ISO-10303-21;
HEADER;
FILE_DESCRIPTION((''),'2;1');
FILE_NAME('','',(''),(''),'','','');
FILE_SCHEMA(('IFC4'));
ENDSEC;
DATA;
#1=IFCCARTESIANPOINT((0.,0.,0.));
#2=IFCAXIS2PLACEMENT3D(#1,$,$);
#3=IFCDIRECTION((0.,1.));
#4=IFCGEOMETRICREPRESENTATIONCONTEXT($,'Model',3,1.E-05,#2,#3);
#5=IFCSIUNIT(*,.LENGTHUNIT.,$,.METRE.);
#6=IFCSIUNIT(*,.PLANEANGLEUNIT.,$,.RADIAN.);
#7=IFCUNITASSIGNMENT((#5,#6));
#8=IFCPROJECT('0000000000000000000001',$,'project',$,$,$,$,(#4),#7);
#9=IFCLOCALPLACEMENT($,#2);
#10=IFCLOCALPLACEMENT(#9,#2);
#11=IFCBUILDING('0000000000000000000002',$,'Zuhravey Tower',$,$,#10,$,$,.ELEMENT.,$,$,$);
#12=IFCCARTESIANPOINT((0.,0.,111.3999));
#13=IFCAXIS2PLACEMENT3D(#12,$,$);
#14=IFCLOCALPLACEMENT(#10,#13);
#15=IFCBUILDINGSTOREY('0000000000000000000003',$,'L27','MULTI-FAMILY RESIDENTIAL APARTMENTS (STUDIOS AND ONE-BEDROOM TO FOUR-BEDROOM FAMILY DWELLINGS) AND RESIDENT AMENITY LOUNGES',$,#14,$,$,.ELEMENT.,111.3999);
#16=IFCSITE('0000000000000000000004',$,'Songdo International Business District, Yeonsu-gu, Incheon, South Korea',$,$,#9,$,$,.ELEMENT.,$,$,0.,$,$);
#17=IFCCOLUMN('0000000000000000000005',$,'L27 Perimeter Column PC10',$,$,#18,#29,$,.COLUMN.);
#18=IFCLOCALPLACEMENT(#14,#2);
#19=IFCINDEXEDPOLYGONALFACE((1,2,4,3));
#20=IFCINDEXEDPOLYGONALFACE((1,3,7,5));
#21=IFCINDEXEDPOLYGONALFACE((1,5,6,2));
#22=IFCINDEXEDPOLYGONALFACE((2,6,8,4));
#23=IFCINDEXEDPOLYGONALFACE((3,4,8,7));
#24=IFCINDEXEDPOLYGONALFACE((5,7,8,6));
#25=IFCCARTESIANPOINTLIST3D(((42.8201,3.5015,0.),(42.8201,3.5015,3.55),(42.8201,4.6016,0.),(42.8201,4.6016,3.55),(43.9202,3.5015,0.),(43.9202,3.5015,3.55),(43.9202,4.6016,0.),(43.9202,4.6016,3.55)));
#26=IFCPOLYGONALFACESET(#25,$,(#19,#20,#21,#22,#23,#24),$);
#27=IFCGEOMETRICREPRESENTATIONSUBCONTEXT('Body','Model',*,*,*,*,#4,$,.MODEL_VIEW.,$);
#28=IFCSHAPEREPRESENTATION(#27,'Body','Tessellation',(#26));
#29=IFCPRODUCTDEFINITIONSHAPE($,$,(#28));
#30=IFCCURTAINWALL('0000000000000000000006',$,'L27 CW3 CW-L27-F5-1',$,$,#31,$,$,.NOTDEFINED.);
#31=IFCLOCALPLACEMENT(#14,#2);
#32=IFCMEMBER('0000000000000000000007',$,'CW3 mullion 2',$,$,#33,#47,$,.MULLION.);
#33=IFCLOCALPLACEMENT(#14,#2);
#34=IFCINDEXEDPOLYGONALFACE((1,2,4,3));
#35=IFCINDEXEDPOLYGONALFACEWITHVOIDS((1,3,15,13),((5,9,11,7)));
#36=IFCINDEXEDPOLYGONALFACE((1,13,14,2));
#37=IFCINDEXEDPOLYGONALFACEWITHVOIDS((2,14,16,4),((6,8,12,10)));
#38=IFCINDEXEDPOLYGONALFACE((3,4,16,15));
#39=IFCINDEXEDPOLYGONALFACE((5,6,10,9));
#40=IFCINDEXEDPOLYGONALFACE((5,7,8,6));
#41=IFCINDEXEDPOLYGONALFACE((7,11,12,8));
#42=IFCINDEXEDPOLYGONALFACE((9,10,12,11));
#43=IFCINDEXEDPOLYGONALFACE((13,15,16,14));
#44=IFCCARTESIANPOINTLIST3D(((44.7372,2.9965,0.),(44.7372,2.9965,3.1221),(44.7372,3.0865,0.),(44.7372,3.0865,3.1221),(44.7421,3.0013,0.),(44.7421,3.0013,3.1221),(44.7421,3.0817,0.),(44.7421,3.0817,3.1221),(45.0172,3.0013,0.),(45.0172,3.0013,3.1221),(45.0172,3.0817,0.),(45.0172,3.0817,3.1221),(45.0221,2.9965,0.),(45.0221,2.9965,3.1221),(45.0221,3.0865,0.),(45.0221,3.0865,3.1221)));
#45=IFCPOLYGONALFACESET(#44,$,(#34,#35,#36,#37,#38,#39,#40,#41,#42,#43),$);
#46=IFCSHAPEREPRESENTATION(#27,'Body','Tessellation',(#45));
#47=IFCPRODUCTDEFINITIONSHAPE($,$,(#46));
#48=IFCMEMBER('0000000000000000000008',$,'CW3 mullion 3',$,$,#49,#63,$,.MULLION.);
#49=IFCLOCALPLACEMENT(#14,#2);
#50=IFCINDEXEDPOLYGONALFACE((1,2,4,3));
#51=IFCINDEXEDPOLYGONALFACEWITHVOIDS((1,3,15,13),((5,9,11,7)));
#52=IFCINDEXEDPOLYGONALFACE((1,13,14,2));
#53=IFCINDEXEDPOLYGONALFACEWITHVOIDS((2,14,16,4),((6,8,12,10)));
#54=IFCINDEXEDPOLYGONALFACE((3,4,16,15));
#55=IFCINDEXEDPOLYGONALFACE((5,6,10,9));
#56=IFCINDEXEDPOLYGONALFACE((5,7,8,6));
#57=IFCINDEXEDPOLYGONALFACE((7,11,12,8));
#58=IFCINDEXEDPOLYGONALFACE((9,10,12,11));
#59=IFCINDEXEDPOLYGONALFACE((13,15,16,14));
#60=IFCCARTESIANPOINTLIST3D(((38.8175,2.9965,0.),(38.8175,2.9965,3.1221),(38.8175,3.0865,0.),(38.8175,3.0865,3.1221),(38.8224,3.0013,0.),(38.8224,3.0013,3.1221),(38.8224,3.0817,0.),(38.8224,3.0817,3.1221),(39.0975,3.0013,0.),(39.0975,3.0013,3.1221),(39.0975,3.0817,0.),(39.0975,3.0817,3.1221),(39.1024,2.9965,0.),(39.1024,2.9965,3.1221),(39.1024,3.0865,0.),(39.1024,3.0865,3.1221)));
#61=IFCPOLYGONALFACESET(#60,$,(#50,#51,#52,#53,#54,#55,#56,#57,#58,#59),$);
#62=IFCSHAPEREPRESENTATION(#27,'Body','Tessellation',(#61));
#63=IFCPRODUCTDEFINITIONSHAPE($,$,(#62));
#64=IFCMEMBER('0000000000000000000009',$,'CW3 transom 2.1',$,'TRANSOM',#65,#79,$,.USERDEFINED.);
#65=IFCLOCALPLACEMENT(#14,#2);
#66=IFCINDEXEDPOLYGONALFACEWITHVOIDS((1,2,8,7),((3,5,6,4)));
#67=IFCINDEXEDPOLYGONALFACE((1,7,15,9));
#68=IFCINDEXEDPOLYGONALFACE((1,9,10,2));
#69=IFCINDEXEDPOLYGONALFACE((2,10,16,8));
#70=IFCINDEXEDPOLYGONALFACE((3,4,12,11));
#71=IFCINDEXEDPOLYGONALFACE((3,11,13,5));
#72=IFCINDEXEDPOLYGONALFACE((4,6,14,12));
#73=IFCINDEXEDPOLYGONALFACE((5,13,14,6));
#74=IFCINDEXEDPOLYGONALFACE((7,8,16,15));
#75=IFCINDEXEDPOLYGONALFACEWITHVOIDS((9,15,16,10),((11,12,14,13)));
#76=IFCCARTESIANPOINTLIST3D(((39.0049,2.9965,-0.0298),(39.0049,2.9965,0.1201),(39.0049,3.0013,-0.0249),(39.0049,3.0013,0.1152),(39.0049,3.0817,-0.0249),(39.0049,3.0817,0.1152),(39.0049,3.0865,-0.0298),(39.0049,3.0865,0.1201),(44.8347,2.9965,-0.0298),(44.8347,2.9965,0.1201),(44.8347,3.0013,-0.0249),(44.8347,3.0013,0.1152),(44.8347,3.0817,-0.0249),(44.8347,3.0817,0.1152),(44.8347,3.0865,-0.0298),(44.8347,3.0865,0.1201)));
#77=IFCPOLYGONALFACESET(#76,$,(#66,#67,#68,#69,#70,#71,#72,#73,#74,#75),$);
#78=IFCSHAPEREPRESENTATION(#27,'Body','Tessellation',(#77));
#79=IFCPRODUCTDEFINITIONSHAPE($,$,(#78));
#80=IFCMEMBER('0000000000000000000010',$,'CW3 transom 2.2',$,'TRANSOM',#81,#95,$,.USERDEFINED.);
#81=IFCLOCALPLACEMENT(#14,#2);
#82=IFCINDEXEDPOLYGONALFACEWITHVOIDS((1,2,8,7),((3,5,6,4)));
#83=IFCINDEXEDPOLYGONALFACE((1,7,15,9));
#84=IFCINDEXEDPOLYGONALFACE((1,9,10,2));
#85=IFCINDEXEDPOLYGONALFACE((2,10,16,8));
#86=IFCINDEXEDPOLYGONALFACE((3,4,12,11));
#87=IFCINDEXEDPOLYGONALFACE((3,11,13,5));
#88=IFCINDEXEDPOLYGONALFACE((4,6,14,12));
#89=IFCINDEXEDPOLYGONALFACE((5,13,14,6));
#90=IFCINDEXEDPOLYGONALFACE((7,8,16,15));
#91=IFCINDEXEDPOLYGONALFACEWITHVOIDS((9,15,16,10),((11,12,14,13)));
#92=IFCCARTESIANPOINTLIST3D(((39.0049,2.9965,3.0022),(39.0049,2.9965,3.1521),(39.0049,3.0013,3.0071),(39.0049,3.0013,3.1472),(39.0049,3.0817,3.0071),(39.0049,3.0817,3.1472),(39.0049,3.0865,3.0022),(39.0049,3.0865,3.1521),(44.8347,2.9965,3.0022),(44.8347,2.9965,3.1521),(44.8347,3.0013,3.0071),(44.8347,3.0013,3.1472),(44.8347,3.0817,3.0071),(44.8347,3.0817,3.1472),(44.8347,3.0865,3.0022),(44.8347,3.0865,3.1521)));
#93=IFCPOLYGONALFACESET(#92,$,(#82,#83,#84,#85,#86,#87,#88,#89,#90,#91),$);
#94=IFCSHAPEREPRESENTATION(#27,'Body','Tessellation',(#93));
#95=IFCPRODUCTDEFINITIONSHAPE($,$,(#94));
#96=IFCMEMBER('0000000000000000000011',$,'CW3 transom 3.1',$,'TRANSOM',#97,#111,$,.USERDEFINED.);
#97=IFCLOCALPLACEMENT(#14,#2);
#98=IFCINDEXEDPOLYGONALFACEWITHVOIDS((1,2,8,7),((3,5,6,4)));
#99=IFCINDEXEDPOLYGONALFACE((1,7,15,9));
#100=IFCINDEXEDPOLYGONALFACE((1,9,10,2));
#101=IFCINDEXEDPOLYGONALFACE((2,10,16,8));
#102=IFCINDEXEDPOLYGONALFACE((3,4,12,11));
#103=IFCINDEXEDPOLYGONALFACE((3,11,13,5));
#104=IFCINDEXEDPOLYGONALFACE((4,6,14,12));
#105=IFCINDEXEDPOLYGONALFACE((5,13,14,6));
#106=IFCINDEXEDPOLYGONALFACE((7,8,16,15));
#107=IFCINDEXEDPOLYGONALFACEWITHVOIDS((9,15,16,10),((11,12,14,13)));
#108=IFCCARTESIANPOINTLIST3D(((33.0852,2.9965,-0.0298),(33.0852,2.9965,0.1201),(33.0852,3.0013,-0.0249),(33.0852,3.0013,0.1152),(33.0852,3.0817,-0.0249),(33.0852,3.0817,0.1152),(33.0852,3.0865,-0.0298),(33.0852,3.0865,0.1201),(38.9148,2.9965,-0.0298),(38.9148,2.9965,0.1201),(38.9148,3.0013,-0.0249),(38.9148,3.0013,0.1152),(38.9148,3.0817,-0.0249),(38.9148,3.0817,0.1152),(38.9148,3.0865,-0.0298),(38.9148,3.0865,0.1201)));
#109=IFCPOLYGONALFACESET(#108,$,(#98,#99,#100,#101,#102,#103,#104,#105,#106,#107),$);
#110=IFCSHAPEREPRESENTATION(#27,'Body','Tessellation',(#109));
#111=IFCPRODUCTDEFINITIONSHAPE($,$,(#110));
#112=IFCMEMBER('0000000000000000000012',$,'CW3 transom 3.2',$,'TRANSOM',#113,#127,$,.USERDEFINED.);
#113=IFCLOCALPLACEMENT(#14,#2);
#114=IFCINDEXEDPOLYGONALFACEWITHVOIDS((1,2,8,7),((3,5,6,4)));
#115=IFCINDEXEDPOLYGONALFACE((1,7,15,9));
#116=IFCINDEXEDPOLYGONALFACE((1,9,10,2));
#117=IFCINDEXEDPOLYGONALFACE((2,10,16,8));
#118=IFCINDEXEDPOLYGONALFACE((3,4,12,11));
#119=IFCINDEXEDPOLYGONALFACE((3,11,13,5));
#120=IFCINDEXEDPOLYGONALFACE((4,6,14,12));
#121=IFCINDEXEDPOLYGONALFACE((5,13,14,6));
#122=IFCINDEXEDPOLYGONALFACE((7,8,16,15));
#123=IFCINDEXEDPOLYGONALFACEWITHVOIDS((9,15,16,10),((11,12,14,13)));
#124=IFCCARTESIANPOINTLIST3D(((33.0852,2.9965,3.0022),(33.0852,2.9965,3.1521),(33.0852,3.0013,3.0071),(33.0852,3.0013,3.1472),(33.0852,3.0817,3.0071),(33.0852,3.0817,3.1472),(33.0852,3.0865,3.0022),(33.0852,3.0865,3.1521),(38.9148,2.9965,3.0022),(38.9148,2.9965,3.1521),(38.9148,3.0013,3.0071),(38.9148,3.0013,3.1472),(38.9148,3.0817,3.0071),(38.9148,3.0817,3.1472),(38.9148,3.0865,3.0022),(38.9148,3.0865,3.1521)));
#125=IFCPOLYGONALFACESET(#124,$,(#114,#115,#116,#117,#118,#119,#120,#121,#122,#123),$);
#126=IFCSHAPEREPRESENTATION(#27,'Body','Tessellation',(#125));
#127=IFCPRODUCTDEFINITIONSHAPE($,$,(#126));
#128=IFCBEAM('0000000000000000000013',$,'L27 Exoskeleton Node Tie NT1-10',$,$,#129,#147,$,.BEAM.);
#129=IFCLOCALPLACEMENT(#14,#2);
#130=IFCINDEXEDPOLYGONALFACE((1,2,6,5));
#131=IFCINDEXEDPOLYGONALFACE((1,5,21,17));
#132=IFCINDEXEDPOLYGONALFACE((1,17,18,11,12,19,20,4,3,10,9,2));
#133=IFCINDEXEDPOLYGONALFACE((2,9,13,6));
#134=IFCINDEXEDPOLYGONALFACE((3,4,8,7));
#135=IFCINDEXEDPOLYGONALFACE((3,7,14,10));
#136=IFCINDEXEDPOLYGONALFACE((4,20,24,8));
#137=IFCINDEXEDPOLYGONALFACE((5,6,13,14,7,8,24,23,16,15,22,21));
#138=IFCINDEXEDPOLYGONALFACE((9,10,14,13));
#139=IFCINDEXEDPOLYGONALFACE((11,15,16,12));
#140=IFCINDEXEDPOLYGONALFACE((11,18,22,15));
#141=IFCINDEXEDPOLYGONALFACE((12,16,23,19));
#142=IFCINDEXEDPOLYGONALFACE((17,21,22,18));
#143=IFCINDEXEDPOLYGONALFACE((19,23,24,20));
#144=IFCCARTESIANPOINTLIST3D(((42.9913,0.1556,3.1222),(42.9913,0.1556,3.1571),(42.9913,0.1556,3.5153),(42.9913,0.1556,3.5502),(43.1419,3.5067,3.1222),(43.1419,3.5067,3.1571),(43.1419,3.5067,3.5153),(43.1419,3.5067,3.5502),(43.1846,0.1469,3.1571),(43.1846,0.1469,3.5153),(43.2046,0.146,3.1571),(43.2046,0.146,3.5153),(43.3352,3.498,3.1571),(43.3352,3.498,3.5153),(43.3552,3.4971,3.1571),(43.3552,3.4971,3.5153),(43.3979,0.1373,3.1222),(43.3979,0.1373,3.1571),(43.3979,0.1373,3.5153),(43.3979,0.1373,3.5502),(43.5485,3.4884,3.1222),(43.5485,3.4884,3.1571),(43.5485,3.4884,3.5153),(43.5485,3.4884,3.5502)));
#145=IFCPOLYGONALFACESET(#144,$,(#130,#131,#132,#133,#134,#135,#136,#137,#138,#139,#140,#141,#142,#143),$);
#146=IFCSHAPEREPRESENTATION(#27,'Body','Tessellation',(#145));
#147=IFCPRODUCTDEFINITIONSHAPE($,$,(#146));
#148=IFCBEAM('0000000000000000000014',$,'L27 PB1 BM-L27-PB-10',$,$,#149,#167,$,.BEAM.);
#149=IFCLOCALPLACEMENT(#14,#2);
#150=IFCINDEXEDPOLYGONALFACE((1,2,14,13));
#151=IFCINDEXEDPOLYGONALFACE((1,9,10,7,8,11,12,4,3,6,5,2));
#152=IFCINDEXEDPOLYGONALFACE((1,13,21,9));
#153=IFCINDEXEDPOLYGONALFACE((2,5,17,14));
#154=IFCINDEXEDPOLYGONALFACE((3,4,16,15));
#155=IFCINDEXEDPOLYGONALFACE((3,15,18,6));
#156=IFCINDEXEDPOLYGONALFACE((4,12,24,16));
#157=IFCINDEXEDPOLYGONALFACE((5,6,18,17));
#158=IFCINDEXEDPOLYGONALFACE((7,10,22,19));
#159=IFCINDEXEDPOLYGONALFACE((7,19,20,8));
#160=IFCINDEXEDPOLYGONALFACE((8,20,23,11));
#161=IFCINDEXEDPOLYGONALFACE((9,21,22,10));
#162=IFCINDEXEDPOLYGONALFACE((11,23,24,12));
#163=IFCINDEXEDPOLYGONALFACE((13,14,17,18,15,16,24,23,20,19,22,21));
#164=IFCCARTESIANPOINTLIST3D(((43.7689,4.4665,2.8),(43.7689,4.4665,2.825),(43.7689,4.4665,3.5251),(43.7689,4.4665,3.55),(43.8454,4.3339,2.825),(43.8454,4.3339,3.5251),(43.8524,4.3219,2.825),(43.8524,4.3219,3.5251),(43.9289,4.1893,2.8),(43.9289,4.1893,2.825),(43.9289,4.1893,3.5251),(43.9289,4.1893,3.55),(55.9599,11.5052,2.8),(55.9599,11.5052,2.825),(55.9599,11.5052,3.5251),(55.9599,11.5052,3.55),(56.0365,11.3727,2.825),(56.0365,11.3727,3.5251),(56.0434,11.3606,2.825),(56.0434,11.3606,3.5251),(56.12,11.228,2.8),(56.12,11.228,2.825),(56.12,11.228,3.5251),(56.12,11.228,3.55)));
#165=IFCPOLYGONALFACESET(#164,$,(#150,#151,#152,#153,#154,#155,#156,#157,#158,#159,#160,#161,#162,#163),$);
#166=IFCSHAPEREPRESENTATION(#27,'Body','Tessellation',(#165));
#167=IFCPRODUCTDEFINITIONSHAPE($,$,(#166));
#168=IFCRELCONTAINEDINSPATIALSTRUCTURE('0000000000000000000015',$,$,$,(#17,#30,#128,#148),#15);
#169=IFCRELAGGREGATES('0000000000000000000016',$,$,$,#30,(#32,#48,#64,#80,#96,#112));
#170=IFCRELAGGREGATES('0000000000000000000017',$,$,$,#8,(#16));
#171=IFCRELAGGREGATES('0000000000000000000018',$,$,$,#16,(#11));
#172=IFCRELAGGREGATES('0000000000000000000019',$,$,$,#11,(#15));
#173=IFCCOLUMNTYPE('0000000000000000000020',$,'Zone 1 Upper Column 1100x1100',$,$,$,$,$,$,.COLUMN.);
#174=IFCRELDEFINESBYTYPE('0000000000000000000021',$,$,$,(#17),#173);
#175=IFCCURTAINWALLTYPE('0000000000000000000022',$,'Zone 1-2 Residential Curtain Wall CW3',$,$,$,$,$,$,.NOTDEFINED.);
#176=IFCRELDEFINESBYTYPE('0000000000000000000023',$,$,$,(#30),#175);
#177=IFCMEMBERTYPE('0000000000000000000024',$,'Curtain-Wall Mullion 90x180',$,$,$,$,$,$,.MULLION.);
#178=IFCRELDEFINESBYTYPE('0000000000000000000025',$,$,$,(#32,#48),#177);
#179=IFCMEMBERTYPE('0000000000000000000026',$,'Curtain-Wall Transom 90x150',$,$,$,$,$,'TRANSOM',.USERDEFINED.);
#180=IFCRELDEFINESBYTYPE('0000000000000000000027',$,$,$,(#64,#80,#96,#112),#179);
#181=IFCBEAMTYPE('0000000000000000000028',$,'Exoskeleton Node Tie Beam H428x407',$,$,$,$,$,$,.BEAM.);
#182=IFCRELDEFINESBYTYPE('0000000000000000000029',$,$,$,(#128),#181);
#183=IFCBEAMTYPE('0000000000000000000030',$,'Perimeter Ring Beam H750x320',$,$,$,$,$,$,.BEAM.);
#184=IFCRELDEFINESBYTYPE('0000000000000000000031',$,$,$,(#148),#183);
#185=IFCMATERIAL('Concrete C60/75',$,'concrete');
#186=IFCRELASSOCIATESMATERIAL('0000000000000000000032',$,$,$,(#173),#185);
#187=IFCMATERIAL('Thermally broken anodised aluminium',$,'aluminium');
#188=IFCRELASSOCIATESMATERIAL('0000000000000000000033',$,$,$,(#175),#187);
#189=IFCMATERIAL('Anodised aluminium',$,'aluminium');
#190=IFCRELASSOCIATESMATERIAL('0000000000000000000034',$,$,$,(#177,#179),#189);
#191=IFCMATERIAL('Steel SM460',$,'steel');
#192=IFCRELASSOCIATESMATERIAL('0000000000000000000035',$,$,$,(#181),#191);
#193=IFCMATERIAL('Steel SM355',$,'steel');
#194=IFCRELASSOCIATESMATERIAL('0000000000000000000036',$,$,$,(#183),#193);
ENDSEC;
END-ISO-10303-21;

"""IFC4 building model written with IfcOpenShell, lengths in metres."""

from ifc_helpers import new_model, si_unit, direction, frame, origin, origin_2d, place, context, subcontext, project, spatial, rectangle, hollow_rectangle, i_section, extrude, material, material_profile, profile_set, type_object, element, aggregate, save


model = new_model("IFC4")

# Units and contexts
model_context = context("Model", 3, precision=1e-05, world=origin(), true_north=direction((0.0, 1.0)))
body_context = subcontext(model_context, "Body", "Model", "MODEL_VIEW")
ifc_project = project(units=[si_unit("LENGTHUNIT", "METRE"), si_unit("PLANEANGLEUNIT", "RADIAN")], contexts=[model_context])

# Site, building, storey
site_placement = place(None, origin())
site = spatial("IfcSite", under=ifc_project, at=site_placement, Name="Songdo International Business District, Yeonsu-gu, Incheon, South Korea", CompositionType="ELEMENT", RefElevation=0.0)
building_placement = place(site_placement, origin())
building = spatial("IfcBuilding", under=site, at=building_placement, Name="Zuhravey Tower", CompositionType="ELEMENT")
storey_placement = place(building_placement, frame((0.0, 0.0, 111.3999)))
storey = spatial("IfcBuildingStorey", under=building, at=storey_placement, Name="L27", Description="MULTI-FAMILY RESIDENTIAL APARTMENTS (STUDIOS AND ONE-BEDROOM TO FOUR-BEDROOM FAMILY DWELLINGS) AND RESIDENT AMENITY LOUNGES", CompositionType="ELEMENT", Elevation=111.3999)

# Column
ifc_material_1 = material(Name="Concrete C60/75", Category="concrete")
ifc_material_profile_1 = material_profile(ifc_material_1, rectangle(XDim=1.1001, YDim=1.1001, at=origin_2d()), Name="RC-1100x1100")
ifc_profile_set_1 = profile_set([ifc_material_profile_1], Name="Concrete C60/75")
column_type = type_object("IfcColumnType", Name="Zone 1 Upper Column 1100x1100", PredefinedType="COLUMN", material=ifc_profile_set_1)
column_placement = place(storey_placement, frame((43.3701, 4.0515, 0.0), z_axis=(0.0, 0.0, 1.0), x_axis=(1.0, 0.0, 0.0)))
element("IfcColumn", 1, at=column_placement, inside=storey, type_object=column_type, Name="L27 Perimeter Column PC10", PredefinedType="COLUMN", context=body_context, shape_type="SweptSolid", body=[
    extrude(rectangle(XDim=1.1001, YDim=1.1001, at=origin_2d()), origin(), (0.0, 0.0, 1.0), 3.55),
])

# Curtain wall, members
ifc_material_2 = material(Name="Thermally broken anodised aluminium", Category="aluminium")
curtain_wall_type = type_object("IfcCurtainWallType", Name="Zone 1-2 Residential Curtain Wall CW3", PredefinedType="NOTDEFINED", material=ifc_material_2)
curtain_wall_placement = place(storey_placement, origin())
curtain_wall = element("IfcCurtainWall", 2, at=curtain_wall_placement, inside=storey, type_object=curtain_wall_type, Name="L27 CW3 CW-L27-F5-1", PredefinedType="NOTDEFINED")
ifc_material_3 = material(Name="Anodised aluminium", Category="aluminium")
ifc_material_profile_2 = material_profile(ifc_material_3, hollow_rectangle(XDim=0.0901, YDim=0.2849, WallThickness=0.0049, at=origin_2d()), Name="ALU-RHS-90x285x5")
ifc_profile_set_2 = profile_set([ifc_material_profile_2], Name="Anodised aluminium")
member_type_1 = type_object("IfcMemberType", Name="Curtain-Wall Mullion 90x180", PredefinedType="MULLION", material=ifc_profile_set_2)
member_1_placement = place(storey_placement, frame((44.8796, 3.0415, 0.0), z_axis=(0.0, 0.0, 1.0), x_axis=(0.0, -1.0, 0.0)))
member_1 = element("IfcMember", 3, at=member_1_placement, type_object=member_type_1, Name="CW3 mullion 2", PredefinedType="MULLION", context=body_context, shape_type="SweptSolid", body=[
    extrude(hollow_rectangle(XDim=0.0901, YDim=0.2849, WallThickness=0.0049, at=origin_2d()), origin(), (0.0, 0.0, 1.0), 3.1221),
])
member_2_placement = place(storey_placement, frame((38.96, 3.0415, 0.0), z_axis=(0.0, 0.0, 1.0), x_axis=(0.0, -1.0, 0.0)))
member_2 = element("IfcMember", 4, at=member_2_placement, type_object=member_type_1, Name="CW3 mullion 3", PredefinedType="MULLION", context=body_context, shape_type="SweptSolid", body=[
    extrude(hollow_rectangle(XDim=0.0901, YDim=0.2849, WallThickness=0.0049, at=origin_2d()), origin(), (0.0, 0.0, 1.0), 3.1221),
])
ifc_material_profile_3 = material_profile(ifc_material_3, hollow_rectangle(XDim=0.0901, YDim=0.1499, WallThickness=0.0049, at=origin_2d()), Name="ALU-RHS-90x150x5")
ifc_profile_set_3 = profile_set([ifc_material_profile_3], Name="Anodised aluminium")
member_type_2 = type_object("IfcMemberType", Name="Curtain-Wall Transom 90x150", ElementType="TRANSOM", PredefinedType="USERDEFINED", material=ifc_profile_set_3)
member_3_placement = place(storey_placement, frame((44.8347, 3.0415, 0.0452), z_axis=(-1.0, 0.0, 0.0), x_axis=(0.0, -1.0, 0.0)))
member_3 = element("IfcMember", 5, at=member_3_placement, type_object=member_type_2, Name="CW3 transom 2.1", ObjectType="TRANSOM", PredefinedType="USERDEFINED", context=body_context, shape_type="SweptSolid", body=[
    extrude(hollow_rectangle(XDim=0.0901, YDim=0.1499, WallThickness=0.0049, at=origin_2d()), origin(), (0.0, 0.0, 1.0), 5.8298),
])
member_4_placement = place(storey_placement, frame((44.8347, 3.0415, 3.0771), z_axis=(-1.0, 0.0, 0.0), x_axis=(0.0, -1.0, 0.0)))
member_4 = element("IfcMember", 6, at=member_4_placement, type_object=member_type_2, Name="CW3 transom 2.2", ObjectType="TRANSOM", PredefinedType="USERDEFINED", context=body_context, shape_type="SweptSolid", body=[
    extrude(hollow_rectangle(XDim=0.0901, YDim=0.1499, WallThickness=0.0049, at=origin_2d()), origin(), (0.0, 0.0, 1.0), 5.8298),
])
member_5_placement = place(storey_placement, frame((38.9148, 3.0415, 0.0452), z_axis=(-1.0, 0.0, 0.0), x_axis=(0.0, -1.0, 0.0)))
member_5 = element("IfcMember", 7, at=member_5_placement, type_object=member_type_2, Name="CW3 transom 3.1", ObjectType="TRANSOM", PredefinedType="USERDEFINED", context=body_context, shape_type="SweptSolid", body=[
    extrude(hollow_rectangle(XDim=0.0901, YDim=0.1499, WallThickness=0.0049, at=origin_2d()), origin(), (0.0, 0.0, 1.0), 5.8296),
])
member_6_placement = place(storey_placement, frame((38.9148, 3.0415, 3.0771), z_axis=(-1.0, 0.0, 0.0), x_axis=(0.0, -1.0, 0.0)))
member_6 = element("IfcMember", 8, at=member_6_placement, type_object=member_type_2, Name="CW3 transom 3.2", ObjectType="TRANSOM", PredefinedType="USERDEFINED", context=body_context, shape_type="SweptSolid", body=[
    extrude(hollow_rectangle(XDim=0.0901, YDim=0.1499, WallThickness=0.0049, at=origin_2d()), origin(), (0.0, 0.0, 1.0), 5.8296),
])

# Beams
ifc_material_4 = material(Name="Steel SM460", Category="steel")
ifc_material_profile_4 = material_profile(ifc_material_4, i_section(OverallWidth=0.407, OverallDepth=0.428, WebThickness=0.02, FlangeThickness=0.0349, at=origin_2d()), Name="H-428x407x20x35")
ifc_profile_set_4 = profile_set([ifc_material_profile_4], Name="Steel SM460")
beam_type_1 = type_object("IfcBeamType", Name="Exoskeleton Node Tie Beam H428x407", PredefinedType="BEAM", material=ifc_profile_set_4)
beam_1_placement = place(storey_placement, frame((43.3452, 3.4976, 3.3362), z_axis=(-0.044906, -0.998991, 0.0), x_axis=(0.998991, -0.044906, 0.0)))
element("IfcBeam", 9, at=beam_1_placement, inside=storey, type_object=beam_type_1, Name="L27 Exoskeleton Node Tie NT1-10", PredefinedType="BEAM", context=body_context, shape_type="SweptSolid", body=[
    extrude(i_section(OverallWidth=0.407, OverallDepth=0.428, WebThickness=0.02, FlangeThickness=0.0349, at=origin_2d()), origin(), (0.0, 0.0, 1.0), 3.3545),
])
ifc_material_5 = material(Name="Steel SM355", Category="steel")
ifc_material_profile_5 = material_profile(ifc_material_5, i_section(OverallWidth=0.3201, OverallDepth=0.75, WebThickness=0.0139, FlangeThickness=0.0249, at=origin_2d()), Name="H-750x320x14x25")
ifc_profile_set_5 = profile_set([ifc_material_profile_5], Name="Steel SM355")
beam_type_2 = type_object("IfcBeamType", Name="Perimeter Ring Beam H750x320", PredefinedType="BEAM", material=ifc_profile_set_5)
beam_2_placement = place(storey_placement, frame((43.8489, 4.3279, 3.175), z_axis=(0.866018, 0.500013, 0.0), x_axis=(-0.500013, 0.866018, 0.0)))
element("IfcBeam", 10, at=beam_2_placement, inside=storey, type_object=beam_type_2, Name="L27 PB1 BM-L27-PB-10", PredefinedType="BEAM", context=body_context, shape_type="SweptSolid", body=[
    extrude(i_section(OverallWidth=0.3201, OverallDepth=0.75, WebThickness=0.0139, FlangeThickness=0.0249, at=origin_2d()), origin(), (0.0, 0.0, 1.0), 14.0771),
])

aggregate(curtain_wall, [member_1, member_2, member_3, member_4, member_5, member_6])

save(model, "model.ifc")
